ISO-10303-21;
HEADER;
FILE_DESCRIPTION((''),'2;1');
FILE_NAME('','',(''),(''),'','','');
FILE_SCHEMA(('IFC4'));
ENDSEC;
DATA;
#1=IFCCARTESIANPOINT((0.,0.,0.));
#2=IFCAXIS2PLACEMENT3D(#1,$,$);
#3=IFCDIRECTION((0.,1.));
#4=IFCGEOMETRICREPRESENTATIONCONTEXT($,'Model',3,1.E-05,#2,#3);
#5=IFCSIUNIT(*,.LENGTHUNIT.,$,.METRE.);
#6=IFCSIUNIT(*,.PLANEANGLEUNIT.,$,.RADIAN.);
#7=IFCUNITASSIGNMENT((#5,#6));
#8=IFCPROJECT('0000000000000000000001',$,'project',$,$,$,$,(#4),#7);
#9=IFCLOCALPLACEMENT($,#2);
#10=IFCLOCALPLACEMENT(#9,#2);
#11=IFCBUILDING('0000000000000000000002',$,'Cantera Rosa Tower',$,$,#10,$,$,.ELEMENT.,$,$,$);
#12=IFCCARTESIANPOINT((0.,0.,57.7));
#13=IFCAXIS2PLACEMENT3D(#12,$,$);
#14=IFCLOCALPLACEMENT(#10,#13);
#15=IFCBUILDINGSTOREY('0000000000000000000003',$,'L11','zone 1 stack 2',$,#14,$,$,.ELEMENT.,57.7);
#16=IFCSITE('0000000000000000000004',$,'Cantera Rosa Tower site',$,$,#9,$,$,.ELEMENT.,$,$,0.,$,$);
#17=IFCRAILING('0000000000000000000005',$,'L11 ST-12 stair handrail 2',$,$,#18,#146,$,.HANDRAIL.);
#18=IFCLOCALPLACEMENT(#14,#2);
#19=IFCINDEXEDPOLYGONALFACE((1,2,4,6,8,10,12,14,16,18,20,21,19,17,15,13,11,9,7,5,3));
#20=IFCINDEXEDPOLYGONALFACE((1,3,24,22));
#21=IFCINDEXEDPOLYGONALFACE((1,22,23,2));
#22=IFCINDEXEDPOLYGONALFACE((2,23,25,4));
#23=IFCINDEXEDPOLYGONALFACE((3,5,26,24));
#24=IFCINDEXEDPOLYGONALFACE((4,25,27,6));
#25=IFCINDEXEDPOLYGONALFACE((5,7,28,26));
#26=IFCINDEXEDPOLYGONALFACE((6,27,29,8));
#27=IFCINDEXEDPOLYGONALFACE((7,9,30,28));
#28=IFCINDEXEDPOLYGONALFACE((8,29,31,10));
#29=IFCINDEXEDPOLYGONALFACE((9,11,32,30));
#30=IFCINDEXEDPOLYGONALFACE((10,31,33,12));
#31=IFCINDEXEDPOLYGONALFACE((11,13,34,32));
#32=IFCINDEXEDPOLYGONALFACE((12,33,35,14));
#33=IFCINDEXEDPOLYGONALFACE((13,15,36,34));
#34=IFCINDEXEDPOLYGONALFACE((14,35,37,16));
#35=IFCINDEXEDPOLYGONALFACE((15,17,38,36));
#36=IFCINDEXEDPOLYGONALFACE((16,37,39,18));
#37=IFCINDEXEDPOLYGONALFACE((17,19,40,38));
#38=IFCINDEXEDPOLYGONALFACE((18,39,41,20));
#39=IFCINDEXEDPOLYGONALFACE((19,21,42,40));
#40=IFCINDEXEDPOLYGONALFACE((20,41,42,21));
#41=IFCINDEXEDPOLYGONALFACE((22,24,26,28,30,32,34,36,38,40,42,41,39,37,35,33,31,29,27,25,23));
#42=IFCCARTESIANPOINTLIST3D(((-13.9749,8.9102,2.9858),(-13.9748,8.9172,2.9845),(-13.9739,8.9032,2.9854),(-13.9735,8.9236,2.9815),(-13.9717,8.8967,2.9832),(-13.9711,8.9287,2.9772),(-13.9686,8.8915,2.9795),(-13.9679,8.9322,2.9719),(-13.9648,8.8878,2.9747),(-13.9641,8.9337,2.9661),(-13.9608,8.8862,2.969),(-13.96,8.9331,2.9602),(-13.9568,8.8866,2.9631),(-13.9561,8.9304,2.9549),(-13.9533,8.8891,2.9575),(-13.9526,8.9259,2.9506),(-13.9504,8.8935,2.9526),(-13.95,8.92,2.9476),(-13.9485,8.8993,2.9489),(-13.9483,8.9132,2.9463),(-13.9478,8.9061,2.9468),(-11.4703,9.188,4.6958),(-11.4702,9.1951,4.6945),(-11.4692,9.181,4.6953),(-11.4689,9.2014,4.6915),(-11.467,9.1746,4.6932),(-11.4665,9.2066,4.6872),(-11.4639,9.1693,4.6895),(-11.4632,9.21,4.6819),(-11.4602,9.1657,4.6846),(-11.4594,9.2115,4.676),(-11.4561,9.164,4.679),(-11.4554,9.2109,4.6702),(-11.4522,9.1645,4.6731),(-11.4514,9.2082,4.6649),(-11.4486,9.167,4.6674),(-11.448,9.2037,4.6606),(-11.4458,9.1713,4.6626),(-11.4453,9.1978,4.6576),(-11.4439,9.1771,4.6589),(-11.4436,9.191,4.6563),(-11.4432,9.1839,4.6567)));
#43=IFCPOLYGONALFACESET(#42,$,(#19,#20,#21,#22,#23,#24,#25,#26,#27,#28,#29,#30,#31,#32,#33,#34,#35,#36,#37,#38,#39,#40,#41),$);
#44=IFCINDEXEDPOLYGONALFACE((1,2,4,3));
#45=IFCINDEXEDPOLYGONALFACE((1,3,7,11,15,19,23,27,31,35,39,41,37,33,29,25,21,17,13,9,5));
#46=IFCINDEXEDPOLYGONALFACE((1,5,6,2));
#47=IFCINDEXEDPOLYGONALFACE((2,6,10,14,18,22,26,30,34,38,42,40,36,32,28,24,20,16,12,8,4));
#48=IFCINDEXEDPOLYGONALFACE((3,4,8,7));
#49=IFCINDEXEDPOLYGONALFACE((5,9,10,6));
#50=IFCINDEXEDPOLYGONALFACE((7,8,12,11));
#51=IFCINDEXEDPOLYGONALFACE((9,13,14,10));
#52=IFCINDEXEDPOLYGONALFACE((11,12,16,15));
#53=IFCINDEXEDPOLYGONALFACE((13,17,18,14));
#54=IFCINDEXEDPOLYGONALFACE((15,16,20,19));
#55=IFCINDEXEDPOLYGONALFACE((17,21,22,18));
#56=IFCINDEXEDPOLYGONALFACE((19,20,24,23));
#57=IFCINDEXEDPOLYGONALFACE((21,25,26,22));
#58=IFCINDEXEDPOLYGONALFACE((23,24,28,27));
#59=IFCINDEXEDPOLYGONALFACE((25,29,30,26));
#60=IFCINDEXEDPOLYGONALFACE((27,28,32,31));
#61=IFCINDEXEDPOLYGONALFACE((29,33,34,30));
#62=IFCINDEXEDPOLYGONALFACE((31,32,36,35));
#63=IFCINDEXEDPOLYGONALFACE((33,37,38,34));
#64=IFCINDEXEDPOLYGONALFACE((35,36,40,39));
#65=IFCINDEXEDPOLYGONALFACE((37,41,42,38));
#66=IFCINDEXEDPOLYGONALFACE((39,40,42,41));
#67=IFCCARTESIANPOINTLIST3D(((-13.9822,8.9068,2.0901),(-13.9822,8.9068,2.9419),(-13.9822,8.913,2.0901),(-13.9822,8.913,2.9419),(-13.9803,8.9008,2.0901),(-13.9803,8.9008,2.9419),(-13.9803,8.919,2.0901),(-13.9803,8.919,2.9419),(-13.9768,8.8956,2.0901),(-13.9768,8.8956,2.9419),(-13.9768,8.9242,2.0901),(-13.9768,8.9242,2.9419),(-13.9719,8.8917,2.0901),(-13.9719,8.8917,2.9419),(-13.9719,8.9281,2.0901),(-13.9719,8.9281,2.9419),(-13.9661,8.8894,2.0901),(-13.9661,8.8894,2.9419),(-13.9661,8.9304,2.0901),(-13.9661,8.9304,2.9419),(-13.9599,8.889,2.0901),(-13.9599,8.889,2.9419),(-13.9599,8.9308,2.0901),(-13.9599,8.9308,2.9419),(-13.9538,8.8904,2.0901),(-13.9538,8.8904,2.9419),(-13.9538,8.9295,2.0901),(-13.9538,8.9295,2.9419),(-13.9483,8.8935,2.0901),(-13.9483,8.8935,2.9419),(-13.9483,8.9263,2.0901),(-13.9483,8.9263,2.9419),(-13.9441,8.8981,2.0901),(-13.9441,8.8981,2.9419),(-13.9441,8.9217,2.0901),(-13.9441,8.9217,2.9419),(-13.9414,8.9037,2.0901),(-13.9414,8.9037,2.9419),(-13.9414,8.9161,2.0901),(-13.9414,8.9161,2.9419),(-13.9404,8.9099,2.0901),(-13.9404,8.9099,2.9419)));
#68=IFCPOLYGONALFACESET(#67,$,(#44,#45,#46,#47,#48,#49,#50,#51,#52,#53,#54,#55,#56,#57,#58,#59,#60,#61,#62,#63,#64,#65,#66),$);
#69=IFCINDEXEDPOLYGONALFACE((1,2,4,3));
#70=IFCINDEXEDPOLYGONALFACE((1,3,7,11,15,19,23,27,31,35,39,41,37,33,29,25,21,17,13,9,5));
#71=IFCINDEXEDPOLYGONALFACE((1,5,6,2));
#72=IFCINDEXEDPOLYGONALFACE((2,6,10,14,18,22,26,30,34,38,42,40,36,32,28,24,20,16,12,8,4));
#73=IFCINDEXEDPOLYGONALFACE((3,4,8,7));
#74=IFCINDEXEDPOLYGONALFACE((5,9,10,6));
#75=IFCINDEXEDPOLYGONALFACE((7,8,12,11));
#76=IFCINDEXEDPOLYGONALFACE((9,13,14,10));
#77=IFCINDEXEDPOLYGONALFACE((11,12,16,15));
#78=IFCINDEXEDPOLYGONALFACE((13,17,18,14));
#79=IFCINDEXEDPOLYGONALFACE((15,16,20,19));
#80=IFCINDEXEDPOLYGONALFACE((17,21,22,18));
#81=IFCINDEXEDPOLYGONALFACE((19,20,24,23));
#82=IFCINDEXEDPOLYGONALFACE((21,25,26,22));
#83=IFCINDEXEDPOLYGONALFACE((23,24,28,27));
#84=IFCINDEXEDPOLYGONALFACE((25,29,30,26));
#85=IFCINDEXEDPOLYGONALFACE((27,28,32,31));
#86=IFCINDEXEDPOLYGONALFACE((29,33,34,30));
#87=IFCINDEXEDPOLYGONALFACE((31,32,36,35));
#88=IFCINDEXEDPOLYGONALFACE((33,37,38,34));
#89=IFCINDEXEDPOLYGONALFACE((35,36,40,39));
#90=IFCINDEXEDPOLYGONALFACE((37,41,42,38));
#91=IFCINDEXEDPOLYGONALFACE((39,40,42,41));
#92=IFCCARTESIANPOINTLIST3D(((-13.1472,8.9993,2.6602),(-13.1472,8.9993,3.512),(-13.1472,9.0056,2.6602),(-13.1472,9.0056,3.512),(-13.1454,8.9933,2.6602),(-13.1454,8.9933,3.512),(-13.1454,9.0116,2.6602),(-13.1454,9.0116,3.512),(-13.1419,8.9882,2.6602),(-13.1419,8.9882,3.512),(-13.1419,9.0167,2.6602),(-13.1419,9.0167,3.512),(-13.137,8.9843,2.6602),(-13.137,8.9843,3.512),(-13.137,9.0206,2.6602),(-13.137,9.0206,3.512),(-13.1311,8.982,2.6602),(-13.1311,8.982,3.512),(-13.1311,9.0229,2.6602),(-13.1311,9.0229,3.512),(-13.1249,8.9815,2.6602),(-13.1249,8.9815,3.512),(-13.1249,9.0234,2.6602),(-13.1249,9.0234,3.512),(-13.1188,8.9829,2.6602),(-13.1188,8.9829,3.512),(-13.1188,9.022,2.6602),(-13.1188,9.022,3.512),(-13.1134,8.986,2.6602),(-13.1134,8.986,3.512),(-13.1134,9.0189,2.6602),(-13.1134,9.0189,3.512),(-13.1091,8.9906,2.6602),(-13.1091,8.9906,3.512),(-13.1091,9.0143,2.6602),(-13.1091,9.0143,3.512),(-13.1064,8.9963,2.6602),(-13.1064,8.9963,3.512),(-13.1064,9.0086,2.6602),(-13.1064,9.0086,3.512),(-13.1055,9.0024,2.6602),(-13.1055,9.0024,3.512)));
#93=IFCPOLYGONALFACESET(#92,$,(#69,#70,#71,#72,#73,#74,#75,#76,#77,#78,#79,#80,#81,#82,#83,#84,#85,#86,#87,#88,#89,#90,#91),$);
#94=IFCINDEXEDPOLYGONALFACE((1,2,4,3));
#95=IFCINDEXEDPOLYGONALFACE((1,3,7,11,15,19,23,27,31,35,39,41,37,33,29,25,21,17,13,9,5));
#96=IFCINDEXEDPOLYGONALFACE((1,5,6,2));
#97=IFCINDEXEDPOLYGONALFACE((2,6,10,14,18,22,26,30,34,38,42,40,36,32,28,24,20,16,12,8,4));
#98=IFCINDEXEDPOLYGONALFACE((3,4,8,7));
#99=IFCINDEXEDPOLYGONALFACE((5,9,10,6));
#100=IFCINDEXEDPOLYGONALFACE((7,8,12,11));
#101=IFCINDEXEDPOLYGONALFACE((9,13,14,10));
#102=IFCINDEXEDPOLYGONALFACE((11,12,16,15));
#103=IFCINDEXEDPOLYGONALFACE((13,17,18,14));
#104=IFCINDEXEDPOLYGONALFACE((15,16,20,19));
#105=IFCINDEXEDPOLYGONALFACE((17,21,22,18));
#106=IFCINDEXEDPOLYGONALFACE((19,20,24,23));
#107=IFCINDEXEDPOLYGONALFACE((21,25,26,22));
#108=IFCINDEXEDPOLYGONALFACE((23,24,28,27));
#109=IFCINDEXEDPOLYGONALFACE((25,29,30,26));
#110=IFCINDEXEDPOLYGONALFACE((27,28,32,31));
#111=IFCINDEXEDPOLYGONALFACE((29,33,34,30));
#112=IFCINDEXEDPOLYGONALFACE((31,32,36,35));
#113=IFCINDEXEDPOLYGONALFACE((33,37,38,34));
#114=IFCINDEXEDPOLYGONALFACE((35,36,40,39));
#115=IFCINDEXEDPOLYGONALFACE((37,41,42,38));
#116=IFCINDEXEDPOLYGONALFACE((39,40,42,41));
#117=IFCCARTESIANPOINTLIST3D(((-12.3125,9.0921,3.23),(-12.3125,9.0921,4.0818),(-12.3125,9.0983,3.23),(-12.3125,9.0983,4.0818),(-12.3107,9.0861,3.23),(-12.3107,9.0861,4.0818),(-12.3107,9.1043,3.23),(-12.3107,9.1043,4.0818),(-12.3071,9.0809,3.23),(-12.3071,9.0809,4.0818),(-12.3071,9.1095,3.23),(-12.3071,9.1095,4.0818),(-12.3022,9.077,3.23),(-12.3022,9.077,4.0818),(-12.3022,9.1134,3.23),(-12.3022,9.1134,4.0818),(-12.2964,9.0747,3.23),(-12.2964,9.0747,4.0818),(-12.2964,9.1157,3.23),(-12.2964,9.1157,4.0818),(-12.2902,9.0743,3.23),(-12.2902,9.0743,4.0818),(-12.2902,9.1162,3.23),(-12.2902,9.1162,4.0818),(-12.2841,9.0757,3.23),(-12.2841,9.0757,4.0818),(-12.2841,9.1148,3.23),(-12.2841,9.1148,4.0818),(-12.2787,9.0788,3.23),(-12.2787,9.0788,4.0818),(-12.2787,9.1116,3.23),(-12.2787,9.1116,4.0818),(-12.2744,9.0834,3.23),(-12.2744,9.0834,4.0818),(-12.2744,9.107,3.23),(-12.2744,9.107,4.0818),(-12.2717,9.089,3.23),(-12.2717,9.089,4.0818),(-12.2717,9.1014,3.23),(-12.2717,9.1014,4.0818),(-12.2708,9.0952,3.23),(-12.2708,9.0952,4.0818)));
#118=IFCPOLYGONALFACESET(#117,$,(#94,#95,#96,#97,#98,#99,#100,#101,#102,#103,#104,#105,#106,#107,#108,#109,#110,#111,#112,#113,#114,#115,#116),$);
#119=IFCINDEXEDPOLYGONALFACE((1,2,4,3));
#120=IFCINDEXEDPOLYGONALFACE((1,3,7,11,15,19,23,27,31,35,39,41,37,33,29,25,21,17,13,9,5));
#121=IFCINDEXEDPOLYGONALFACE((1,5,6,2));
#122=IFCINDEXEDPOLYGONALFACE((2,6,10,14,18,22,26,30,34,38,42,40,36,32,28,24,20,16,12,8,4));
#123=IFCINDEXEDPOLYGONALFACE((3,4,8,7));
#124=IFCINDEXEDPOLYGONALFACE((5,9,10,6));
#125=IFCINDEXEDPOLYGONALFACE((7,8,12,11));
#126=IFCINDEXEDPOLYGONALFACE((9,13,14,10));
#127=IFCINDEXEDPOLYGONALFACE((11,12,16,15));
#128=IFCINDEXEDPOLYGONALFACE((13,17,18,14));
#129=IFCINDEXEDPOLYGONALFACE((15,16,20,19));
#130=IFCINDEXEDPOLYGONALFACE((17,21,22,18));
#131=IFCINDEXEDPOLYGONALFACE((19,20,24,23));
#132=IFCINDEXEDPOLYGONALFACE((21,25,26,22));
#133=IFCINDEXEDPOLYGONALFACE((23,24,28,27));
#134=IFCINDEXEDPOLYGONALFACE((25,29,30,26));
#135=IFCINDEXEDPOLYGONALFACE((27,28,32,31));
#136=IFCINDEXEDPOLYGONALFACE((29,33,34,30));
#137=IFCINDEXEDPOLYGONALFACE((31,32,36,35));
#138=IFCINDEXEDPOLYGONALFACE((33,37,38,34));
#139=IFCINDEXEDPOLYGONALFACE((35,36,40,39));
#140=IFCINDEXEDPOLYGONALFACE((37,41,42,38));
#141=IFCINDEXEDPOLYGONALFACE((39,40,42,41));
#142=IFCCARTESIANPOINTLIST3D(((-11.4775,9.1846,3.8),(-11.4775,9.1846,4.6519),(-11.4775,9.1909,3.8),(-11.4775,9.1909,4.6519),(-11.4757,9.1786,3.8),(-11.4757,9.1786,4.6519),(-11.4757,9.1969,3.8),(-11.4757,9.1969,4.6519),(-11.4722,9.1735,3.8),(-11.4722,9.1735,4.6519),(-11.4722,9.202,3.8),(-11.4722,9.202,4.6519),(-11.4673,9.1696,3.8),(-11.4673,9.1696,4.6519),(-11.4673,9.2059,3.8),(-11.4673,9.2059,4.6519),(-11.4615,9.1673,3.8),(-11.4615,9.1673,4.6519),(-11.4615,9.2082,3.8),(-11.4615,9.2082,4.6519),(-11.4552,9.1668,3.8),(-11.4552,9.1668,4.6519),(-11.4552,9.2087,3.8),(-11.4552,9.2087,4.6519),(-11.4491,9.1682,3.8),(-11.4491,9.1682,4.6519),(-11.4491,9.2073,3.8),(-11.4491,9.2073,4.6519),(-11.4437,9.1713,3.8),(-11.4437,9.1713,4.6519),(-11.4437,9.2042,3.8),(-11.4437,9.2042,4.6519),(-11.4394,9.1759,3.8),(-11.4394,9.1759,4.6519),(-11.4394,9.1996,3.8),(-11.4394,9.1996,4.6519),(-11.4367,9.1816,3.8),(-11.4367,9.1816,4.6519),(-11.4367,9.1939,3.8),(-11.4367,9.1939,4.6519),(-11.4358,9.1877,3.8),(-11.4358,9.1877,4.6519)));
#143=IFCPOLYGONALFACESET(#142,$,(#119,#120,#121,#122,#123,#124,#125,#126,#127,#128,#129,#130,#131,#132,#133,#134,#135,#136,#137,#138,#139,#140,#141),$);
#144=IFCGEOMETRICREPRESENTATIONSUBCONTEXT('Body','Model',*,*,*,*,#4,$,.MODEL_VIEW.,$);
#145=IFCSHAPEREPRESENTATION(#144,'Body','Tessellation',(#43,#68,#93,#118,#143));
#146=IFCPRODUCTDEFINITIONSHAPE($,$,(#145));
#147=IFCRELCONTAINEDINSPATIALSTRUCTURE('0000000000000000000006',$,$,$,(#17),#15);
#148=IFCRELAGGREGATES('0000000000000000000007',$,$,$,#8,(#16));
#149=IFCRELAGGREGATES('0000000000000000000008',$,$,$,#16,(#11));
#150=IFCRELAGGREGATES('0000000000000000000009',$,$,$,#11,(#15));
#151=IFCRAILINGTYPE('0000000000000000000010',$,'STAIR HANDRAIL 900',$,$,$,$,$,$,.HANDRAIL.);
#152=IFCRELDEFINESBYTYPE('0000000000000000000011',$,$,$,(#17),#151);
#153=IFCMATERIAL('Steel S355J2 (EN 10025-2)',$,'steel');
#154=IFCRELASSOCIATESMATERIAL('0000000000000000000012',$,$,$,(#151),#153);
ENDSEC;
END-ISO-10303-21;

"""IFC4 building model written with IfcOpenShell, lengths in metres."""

from ifc_helpers import new_model, si_unit, direction, frame, origin, origin_2d, place, context, subcontext, project, spatial, circle, extrude, material, type_object, element, save


model = new_model("IFC4")

# Units and contexts
model_context = context("Model", 3, precision=1e-05, world=origin(), true_north=direction((0.0, 1.0)))
body_context = subcontext(model_context, "Body", "Model", "MODEL_VIEW")
ifc_project = project(units=[si_unit("LENGTHUNIT", "METRE"), si_unit("PLANEANGLEUNIT", "RADIAN")], contexts=[model_context])

# Site, building, storey
site_placement = place(None, origin())
site = spatial("IfcSite", under=ifc_project, at=site_placement, Name="Cantera Rosa Tower site", CompositionType="ELEMENT", RefElevation=0.0)
building_placement = place(site_placement, origin())
building = spatial("IfcBuilding", under=site, at=building_placement, Name="Cantera Rosa Tower", CompositionType="ELEMENT")
storey_placement = place(building_placement, frame((0.0, 0.0, 57.7)))
storey = spatial("IfcBuildingStorey", under=building, at=storey_placement, Name="L11", Description="zone 1 stack 2", CompositionType="ELEMENT", Elevation=57.7)

# Railing
ifc_material_1 = material(Name="Steel S355J2 (EN 10025-2)", Category="steel")
railing_type_1 = type_object("IfcRailingType", Name="STAIR HANDRAIL 900", PredefinedType="HANDRAIL", material=ifc_material_1)
railing_1_placement = place(storey_placement, frame((-13.9614, 8.9099, 2.0901)))
element("IfcRailing", 1, at=railing_1_placement, inside=storey, type_object=railing_type_1, Name="L11 ST-12 stair handrail 2", PredefinedType="HANDRAIL", context=body_context, shape_type="SweptSolid", body=[
    extrude(circle(Radius=0.0239, at=origin_2d()), frame((0.0, 0.0, 0.876), z_axis=(0.822437, 0.091231, 0.561492), x_axis=(-0.110251, 0.993904, 0.0)), (0.0, 0.0, 1.0), 3.0454),
    extrude(circle(Radius=0.021, at=origin_2d()), origin(), (0.0, 0.0, 1.0), 0.8518),
    extrude(circle(Radius=0.021, at=origin_2d()), frame((0.835, 0.0925, 0.5701)), (0.0, 0.0, 1.0), 0.8518),
    extrude(circle(Radius=0.021, at=origin_2d()), frame((1.6697, 0.1853, 1.1399)), (0.0, 0.0, 1.0), 0.8518),
    extrude(circle(Radius=0.021, at=origin_2d()), frame((2.5046, 0.2778, 1.71)), (0.0, 0.0, 1.0), 0.8518),
])

save(model, "model.ifc")
